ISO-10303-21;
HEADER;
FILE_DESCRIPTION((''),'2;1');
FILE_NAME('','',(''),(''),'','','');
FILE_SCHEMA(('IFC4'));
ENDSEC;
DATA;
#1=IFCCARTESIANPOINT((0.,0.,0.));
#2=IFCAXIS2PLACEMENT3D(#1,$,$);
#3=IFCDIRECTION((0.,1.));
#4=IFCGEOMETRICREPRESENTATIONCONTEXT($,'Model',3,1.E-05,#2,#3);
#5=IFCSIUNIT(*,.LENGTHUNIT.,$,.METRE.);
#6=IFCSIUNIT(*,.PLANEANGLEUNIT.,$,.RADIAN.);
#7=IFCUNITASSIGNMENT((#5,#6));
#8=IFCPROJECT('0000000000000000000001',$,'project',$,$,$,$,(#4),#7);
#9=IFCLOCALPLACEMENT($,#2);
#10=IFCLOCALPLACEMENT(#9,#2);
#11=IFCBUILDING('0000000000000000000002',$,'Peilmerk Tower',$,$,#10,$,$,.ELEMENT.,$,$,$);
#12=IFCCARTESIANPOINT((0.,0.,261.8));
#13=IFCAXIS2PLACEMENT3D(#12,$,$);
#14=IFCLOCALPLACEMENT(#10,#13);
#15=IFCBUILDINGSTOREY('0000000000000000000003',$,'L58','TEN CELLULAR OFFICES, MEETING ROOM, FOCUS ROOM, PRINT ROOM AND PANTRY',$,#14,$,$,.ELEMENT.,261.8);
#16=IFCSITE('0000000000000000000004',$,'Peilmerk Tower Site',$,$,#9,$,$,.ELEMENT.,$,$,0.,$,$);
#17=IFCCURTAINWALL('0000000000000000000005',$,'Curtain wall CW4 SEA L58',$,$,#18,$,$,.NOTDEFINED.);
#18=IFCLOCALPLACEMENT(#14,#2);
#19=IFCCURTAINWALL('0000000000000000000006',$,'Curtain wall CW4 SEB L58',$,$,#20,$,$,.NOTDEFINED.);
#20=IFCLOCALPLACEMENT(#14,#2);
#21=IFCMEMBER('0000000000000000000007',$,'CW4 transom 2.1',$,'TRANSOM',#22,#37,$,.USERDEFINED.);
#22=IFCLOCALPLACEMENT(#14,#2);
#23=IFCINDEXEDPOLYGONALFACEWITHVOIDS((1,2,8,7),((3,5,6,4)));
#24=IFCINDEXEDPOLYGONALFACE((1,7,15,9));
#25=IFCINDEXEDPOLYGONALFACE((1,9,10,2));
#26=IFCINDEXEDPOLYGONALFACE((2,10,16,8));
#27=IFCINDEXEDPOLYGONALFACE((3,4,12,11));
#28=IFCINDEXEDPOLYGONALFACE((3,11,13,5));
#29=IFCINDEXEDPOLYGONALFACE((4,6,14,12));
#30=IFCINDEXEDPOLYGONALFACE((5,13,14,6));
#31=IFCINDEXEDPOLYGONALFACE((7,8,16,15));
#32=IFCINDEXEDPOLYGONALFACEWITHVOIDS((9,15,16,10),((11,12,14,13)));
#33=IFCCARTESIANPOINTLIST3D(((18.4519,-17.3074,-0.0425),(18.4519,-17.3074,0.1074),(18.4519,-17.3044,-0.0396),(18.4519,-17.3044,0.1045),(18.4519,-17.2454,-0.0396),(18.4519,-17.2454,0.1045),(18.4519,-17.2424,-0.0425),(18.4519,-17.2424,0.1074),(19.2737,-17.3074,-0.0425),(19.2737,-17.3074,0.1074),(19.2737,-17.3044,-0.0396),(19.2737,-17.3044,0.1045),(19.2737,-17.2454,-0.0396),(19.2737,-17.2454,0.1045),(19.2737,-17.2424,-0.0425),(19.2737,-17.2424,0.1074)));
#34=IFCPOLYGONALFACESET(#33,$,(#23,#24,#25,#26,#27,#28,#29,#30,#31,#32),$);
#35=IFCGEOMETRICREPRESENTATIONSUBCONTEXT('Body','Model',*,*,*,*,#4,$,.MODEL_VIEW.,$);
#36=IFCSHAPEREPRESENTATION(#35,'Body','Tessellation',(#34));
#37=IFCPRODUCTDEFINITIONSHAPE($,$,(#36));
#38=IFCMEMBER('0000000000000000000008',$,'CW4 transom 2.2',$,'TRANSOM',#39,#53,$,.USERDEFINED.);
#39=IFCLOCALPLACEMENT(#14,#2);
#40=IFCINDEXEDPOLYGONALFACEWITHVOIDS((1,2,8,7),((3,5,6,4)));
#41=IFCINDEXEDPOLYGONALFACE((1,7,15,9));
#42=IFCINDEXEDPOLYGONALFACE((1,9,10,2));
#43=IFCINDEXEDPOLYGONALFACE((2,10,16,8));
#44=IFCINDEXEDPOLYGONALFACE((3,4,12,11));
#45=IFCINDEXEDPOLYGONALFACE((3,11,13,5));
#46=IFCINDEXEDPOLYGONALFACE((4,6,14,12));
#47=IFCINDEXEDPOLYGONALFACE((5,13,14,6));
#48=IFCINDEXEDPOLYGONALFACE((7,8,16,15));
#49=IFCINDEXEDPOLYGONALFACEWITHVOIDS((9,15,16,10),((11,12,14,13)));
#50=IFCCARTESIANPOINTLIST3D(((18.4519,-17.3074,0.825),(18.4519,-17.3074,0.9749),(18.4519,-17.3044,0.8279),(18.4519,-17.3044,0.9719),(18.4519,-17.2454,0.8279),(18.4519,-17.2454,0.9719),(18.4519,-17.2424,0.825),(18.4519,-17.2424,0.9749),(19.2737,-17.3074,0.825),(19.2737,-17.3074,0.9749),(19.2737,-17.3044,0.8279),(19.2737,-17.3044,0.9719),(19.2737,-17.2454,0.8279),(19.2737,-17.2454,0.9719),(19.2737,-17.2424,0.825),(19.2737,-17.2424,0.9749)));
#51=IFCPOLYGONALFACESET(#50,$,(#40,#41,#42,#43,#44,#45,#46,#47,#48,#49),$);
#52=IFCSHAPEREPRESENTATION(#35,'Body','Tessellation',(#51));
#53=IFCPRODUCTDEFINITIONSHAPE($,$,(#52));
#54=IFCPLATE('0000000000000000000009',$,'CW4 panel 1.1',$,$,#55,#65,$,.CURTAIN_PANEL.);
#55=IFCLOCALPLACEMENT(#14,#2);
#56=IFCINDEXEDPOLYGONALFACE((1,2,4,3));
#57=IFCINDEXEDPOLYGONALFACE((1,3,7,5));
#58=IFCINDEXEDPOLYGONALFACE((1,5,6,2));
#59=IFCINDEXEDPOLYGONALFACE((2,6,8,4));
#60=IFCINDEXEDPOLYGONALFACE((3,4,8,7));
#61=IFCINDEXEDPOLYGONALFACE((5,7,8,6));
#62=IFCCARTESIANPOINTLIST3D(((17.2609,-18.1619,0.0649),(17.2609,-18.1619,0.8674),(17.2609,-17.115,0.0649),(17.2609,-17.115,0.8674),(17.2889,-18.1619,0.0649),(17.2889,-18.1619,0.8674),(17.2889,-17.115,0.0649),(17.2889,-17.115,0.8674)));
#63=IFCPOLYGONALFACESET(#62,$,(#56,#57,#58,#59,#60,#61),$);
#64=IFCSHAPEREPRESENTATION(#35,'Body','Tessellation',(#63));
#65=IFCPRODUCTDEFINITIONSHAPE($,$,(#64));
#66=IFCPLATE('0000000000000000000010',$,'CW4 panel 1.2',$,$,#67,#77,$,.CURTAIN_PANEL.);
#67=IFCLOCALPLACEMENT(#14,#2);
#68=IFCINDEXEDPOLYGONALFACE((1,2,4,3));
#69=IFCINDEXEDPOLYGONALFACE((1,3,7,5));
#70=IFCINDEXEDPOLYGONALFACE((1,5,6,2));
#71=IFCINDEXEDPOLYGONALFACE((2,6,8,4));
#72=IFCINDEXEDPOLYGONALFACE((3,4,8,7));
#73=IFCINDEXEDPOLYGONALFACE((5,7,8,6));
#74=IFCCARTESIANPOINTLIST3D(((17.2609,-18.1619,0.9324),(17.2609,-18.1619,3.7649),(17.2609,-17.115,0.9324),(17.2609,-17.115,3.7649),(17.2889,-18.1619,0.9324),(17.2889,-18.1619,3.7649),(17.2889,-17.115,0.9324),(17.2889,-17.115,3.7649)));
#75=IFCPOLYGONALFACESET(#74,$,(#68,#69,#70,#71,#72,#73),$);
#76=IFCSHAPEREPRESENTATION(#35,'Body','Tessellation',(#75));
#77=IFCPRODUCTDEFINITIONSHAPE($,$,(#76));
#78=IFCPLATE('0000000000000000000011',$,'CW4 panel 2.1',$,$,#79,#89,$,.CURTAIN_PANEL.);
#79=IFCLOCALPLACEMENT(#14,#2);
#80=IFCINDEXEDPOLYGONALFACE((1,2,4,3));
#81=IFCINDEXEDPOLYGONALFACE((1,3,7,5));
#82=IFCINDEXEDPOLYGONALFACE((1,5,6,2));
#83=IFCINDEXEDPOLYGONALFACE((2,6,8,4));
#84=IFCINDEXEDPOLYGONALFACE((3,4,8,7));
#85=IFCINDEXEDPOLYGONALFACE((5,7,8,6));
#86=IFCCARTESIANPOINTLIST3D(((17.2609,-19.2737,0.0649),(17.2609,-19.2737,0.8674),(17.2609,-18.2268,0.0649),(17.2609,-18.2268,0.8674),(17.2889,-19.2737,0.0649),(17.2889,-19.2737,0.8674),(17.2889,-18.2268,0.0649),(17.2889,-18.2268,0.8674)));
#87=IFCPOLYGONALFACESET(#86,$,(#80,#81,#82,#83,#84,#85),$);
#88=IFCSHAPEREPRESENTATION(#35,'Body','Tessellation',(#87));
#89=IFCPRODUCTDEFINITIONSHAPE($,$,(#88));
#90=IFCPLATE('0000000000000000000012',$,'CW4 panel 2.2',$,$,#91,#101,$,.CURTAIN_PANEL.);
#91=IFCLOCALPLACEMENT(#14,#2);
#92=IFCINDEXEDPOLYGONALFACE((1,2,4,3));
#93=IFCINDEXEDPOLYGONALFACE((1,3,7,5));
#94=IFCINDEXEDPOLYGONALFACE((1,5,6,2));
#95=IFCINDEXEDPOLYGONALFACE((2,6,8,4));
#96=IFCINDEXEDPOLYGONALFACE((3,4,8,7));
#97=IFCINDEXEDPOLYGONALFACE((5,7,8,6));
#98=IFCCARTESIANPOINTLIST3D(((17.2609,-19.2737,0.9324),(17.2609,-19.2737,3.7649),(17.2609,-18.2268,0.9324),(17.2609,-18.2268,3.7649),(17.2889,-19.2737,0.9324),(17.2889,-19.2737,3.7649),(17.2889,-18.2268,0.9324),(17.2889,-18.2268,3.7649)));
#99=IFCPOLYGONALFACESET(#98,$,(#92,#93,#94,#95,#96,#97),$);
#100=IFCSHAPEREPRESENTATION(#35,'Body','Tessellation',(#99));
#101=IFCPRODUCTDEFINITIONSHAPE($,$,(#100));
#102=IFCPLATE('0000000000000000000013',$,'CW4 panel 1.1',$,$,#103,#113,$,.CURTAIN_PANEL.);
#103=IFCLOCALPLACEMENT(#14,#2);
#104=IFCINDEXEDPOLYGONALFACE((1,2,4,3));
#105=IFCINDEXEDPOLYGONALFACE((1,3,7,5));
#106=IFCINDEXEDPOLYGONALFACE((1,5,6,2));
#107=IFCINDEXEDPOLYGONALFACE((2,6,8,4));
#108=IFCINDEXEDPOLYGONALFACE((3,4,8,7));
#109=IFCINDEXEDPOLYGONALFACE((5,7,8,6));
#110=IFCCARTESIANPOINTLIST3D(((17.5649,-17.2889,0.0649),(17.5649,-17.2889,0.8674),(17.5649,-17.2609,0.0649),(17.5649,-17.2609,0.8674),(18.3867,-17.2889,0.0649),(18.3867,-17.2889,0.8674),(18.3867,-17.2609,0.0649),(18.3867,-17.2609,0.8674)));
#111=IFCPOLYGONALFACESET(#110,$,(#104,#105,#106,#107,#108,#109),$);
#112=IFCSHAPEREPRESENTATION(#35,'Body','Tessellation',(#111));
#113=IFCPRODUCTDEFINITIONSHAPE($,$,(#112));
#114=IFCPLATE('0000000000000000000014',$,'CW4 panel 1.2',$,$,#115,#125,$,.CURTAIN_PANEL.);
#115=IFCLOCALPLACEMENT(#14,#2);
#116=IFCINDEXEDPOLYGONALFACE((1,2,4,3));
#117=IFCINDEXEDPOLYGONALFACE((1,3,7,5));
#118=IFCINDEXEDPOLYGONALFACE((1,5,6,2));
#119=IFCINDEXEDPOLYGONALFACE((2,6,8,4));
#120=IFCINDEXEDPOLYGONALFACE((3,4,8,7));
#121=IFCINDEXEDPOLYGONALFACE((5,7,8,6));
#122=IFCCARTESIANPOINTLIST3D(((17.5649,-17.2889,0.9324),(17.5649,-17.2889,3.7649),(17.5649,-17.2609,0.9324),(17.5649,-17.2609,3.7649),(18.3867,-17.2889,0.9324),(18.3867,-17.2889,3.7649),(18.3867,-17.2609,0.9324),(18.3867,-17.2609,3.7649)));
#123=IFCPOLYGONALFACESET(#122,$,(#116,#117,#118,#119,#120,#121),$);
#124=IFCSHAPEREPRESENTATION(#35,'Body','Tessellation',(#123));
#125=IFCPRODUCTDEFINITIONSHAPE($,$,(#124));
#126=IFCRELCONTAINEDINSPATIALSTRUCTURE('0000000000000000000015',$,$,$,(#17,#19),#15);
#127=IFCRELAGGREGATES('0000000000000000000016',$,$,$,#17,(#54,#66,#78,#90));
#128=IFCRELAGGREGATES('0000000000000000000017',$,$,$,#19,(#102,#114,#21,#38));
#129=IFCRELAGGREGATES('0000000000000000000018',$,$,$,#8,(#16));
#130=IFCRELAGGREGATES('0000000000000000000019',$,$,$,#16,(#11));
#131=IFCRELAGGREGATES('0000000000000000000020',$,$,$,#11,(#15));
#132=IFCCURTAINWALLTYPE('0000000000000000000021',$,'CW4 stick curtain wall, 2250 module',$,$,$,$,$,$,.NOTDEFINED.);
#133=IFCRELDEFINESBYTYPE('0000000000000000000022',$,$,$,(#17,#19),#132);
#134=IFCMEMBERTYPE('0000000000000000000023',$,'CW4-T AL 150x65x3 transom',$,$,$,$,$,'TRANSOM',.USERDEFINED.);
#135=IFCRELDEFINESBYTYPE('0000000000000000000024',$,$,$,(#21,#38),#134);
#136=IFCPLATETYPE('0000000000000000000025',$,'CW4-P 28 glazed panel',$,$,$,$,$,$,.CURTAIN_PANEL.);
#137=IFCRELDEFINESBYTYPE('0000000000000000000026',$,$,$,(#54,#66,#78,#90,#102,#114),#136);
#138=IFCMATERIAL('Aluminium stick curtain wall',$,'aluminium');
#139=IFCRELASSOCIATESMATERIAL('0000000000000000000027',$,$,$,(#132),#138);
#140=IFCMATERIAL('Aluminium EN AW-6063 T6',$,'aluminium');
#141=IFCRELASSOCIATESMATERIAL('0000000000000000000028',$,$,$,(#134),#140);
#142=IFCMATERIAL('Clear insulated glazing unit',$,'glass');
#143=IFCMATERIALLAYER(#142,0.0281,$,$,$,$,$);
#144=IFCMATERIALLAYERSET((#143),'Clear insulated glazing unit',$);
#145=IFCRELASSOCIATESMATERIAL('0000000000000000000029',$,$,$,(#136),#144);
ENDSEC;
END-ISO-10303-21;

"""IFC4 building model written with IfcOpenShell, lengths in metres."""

from ifc_helpers import new_model, si_unit, direction, frame, origin, origin_2d, place, context, subcontext, project, spatial, rectangle, hollow_rectangle, extrude, material, layer, layer_set, material_profile, profile_set, type_object, element, aggregate, save


model = new_model("IFC4")

# Units and contexts
model_context = context("Model", 3, precision=1e-05, world=origin(), true_north=direction((0.0, 1.0)))
body_context = subcontext(model_context, "Body", "Model", "MODEL_VIEW")
ifc_project = project(units=[si_unit("LENGTHUNIT", "METRE"), si_unit("PLANEANGLEUNIT", "RADIAN")], contexts=[model_context])

# Site, building, storey
site_placement = place(None, origin())
site = spatial("IfcSite", under=ifc_project, at=site_placement, Name="Peilmerk Tower Site", CompositionType="ELEMENT", RefElevation=0.0)
building_placement = place(site_placement, origin())
building = spatial("IfcBuilding", under=site, at=building_placement, Name="Peilmerk Tower", CompositionType="ELEMENT")
storey_placement = place(building_placement, frame((0.0, 0.0, 261.8)))
storey = spatial("IfcBuildingStorey", under=building, at=storey_placement, Name="L58", Description="TEN CELLULAR OFFICES, MEETING ROOM, FOCUS ROOM, PRINT ROOM AND PANTRY", CompositionType="ELEMENT", Elevation=261.8)

# Curtain walls
ifc_material_1 = material(Name="Aluminium stick curtain wall", Category="aluminium")
curtain_wall_type = type_object("IfcCurtainWallType", Name="CW4 stick curtain wall, 2250 module", PredefinedType="NOTDEFINED", material=ifc_material_1)
curtain_wall_1_placement = place(storey_placement, origin())
curtain_wall_1 = element("IfcCurtainWall", 1, at=curtain_wall_1_placement, inside=storey, type_object=curtain_wall_type, Name="Curtain wall CW4 SEA L58", PredefinedType="NOTDEFINED")
ifc_material_2 = material(Name="Aluminium EN AW-6063 T6", Category="aluminium")
curtain_wall_2_placement = place(storey_placement, origin())
curtain_wall_2 = element("IfcCurtainWall", 2, at=curtain_wall_2_placement, inside=storey, type_object=curtain_wall_type, Name="Curtain wall CW4 SEB L58", PredefinedType="NOTDEFINED")

# Members
ifc_material_profile_1 = material_profile(ifc_material_2, hollow_rectangle(XDim=0.0649, YDim=0.1499, WallThickness=0.0029, at=origin_2d()), Name="AL 150x65x3")
ifc_profile_set_1 = profile_set([ifc_material_profile_1], Name="Aluminium EN AW-6063 T6")
member_type_1 = type_object("IfcMemberType", Name="CW4-T AL 150x65x3 transom", ElementType="TRANSOM", PredefinedType="USERDEFINED", material=ifc_profile_set_1)
member_1_placement = place(storey_placement, frame((18.4519, -17.2749, 0.0325), z_axis=(1.0, 0.0, 0.0), x_axis=(0.0, 1.0, 0.0)))
member_1 = element("IfcMember", 3, at=member_1_placement, type_object=member_type_1, Name="CW4 transom 2.1", ObjectType="TRANSOM", PredefinedType="USERDEFINED", context=body_context, shape_type="SweptSolid", body=[
    extrude(hollow_rectangle(XDim=0.0649, YDim=0.1499, WallThickness=0.0029, at=origin_2d()), origin(), (0.0, 0.0, 1.0), 0.8218),
])
member_2_placement = place(storey_placement, frame((18.4519, -17.2749, 0.8999), z_axis=(1.0, 0.0, 0.0), x_axis=(0.0, 1.0, 0.0)))
member_2 = element("IfcMember", 4, at=member_2_placement, type_object=member_type_1, Name="CW4 transom 2.2", ObjectType="TRANSOM", PredefinedType="USERDEFINED", context=body_context, shape_type="SweptSolid", body=[
    extrude(hollow_rectangle(XDim=0.0649, YDim=0.1499, WallThickness=0.0029, at=origin_2d()), origin(), (0.0, 0.0, 1.0), 0.8218),
])

# Plates
ifc_material_3 = material(Name="Clear insulated glazing unit", Category="glass")
ifc_layer_1 = layer(ifc_material_3, 0.0281)
ifc_layer_set_1 = layer_set([ifc_layer_1], Name="Clear insulated glazing unit")
plate_type = type_object("IfcPlateType", Name="CW4-P 28 glazed panel", PredefinedType="CURTAIN_PANEL", material=ifc_layer_set_1)
plate_1_placement = place(storey_placement, frame((17.2749, -17.6384, 0.0649), z_axis=(0.0, 0.0, 1.0), x_axis=(0.0, -1.0, 0.0)))
plate_1 = element("IfcPlate", 5, at=plate_1_placement, type_object=plate_type, Name="CW4 panel 1.1", PredefinedType="CURTAIN_PANEL", context=body_context, shape_type="SweptSolid", body=[
    extrude(rectangle(XDim=1.0469, YDim=0.0281, at=origin_2d()), origin(), (0.0, 0.0, 1.0), 0.8025),
])
plate_2_placement = place(storey_placement, frame((17.2749, -17.6384, 0.9324), z_axis=(0.0, 0.0, 1.0), x_axis=(0.0, -1.0, 0.0)))
plate_2 = element("IfcPlate", 6, at=plate_2_placement, type_object=plate_type, Name="CW4 panel 1.2", PredefinedType="CURTAIN_PANEL", context=body_context, shape_type="SweptSolid", body=[
    extrude(rectangle(XDim=1.0469, YDim=0.0281, at=origin_2d()), origin(), (0.0, 0.0, 1.0), 2.8325),
])
plate_3_placement = place(storey_placement, frame((17.2749, -18.7502, 0.0649), z_axis=(0.0, 0.0, 1.0), x_axis=(0.0, -1.0, 0.0)))
plate_3 = element("IfcPlate", 7, at=plate_3_placement, type_object=plate_type, Name="CW4 panel 2.1", PredefinedType="CURTAIN_PANEL", context=body_context, shape_type="SweptSolid", body=[
    extrude(rectangle(XDim=1.0469, YDim=0.0281, at=origin_2d()), origin(), (0.0, 0.0, 1.0), 0.8025),
])
plate_4_placement = place(storey_placement, frame((17.2749, -18.7502, 0.9324), z_axis=(0.0, 0.0, 1.0), x_axis=(0.0, -1.0, 0.0)))
plate_4 = element("IfcPlate", 8, at=plate_4_placement, type_object=plate_type, Name="CW4 panel 2.2", PredefinedType="CURTAIN_PANEL", context=body_context, shape_type="SweptSolid", body=[
    extrude(rectangle(XDim=1.0469, YDim=0.0281, at=origin_2d()), origin(), (0.0, 0.0, 1.0), 2.8325),
])
aggregate(curtain_wall_1, [plate_1, plate_2, plate_3, plate_4])
plate_5_placement = place(storey_placement, frame((17.9758, -17.2749, 0.0649), z_axis=(0.0, 0.0, 1.0), x_axis=(1.0, 0.0, 0.0)))
plate_5 = element("IfcPlate", 9, at=plate_5_placement, type_object=plate_type, Name="CW4 panel 1.1", PredefinedType="CURTAIN_PANEL", context=body_context, shape_type="SweptSolid", body=[
    extrude(rectangle(XDim=0.8218, YDim=0.0281, at=origin_2d()), origin(), (0.0, 0.0, 1.0), 0.8025),
])
plate_6_placement = place(storey_placement, frame((17.9758, -17.2749, 0.9324), z_axis=(0.0, 0.0, 1.0), x_axis=(1.0, 0.0, 0.0)))
plate_6 = element("IfcPlate", 10, at=plate_6_placement, type_object=plate_type, Name="CW4 panel 1.2", PredefinedType="CURTAIN_PANEL", context=body_context, shape_type="SweptSolid", body=[
    extrude(rectangle(XDim=0.8218, YDim=0.0281, at=origin_2d()), origin(), (0.0, 0.0, 1.0), 2.8325),
])
aggregate(curtain_wall_2, [plate_5, plate_6, member_1, member_2])

save(model, "model.ifc")
